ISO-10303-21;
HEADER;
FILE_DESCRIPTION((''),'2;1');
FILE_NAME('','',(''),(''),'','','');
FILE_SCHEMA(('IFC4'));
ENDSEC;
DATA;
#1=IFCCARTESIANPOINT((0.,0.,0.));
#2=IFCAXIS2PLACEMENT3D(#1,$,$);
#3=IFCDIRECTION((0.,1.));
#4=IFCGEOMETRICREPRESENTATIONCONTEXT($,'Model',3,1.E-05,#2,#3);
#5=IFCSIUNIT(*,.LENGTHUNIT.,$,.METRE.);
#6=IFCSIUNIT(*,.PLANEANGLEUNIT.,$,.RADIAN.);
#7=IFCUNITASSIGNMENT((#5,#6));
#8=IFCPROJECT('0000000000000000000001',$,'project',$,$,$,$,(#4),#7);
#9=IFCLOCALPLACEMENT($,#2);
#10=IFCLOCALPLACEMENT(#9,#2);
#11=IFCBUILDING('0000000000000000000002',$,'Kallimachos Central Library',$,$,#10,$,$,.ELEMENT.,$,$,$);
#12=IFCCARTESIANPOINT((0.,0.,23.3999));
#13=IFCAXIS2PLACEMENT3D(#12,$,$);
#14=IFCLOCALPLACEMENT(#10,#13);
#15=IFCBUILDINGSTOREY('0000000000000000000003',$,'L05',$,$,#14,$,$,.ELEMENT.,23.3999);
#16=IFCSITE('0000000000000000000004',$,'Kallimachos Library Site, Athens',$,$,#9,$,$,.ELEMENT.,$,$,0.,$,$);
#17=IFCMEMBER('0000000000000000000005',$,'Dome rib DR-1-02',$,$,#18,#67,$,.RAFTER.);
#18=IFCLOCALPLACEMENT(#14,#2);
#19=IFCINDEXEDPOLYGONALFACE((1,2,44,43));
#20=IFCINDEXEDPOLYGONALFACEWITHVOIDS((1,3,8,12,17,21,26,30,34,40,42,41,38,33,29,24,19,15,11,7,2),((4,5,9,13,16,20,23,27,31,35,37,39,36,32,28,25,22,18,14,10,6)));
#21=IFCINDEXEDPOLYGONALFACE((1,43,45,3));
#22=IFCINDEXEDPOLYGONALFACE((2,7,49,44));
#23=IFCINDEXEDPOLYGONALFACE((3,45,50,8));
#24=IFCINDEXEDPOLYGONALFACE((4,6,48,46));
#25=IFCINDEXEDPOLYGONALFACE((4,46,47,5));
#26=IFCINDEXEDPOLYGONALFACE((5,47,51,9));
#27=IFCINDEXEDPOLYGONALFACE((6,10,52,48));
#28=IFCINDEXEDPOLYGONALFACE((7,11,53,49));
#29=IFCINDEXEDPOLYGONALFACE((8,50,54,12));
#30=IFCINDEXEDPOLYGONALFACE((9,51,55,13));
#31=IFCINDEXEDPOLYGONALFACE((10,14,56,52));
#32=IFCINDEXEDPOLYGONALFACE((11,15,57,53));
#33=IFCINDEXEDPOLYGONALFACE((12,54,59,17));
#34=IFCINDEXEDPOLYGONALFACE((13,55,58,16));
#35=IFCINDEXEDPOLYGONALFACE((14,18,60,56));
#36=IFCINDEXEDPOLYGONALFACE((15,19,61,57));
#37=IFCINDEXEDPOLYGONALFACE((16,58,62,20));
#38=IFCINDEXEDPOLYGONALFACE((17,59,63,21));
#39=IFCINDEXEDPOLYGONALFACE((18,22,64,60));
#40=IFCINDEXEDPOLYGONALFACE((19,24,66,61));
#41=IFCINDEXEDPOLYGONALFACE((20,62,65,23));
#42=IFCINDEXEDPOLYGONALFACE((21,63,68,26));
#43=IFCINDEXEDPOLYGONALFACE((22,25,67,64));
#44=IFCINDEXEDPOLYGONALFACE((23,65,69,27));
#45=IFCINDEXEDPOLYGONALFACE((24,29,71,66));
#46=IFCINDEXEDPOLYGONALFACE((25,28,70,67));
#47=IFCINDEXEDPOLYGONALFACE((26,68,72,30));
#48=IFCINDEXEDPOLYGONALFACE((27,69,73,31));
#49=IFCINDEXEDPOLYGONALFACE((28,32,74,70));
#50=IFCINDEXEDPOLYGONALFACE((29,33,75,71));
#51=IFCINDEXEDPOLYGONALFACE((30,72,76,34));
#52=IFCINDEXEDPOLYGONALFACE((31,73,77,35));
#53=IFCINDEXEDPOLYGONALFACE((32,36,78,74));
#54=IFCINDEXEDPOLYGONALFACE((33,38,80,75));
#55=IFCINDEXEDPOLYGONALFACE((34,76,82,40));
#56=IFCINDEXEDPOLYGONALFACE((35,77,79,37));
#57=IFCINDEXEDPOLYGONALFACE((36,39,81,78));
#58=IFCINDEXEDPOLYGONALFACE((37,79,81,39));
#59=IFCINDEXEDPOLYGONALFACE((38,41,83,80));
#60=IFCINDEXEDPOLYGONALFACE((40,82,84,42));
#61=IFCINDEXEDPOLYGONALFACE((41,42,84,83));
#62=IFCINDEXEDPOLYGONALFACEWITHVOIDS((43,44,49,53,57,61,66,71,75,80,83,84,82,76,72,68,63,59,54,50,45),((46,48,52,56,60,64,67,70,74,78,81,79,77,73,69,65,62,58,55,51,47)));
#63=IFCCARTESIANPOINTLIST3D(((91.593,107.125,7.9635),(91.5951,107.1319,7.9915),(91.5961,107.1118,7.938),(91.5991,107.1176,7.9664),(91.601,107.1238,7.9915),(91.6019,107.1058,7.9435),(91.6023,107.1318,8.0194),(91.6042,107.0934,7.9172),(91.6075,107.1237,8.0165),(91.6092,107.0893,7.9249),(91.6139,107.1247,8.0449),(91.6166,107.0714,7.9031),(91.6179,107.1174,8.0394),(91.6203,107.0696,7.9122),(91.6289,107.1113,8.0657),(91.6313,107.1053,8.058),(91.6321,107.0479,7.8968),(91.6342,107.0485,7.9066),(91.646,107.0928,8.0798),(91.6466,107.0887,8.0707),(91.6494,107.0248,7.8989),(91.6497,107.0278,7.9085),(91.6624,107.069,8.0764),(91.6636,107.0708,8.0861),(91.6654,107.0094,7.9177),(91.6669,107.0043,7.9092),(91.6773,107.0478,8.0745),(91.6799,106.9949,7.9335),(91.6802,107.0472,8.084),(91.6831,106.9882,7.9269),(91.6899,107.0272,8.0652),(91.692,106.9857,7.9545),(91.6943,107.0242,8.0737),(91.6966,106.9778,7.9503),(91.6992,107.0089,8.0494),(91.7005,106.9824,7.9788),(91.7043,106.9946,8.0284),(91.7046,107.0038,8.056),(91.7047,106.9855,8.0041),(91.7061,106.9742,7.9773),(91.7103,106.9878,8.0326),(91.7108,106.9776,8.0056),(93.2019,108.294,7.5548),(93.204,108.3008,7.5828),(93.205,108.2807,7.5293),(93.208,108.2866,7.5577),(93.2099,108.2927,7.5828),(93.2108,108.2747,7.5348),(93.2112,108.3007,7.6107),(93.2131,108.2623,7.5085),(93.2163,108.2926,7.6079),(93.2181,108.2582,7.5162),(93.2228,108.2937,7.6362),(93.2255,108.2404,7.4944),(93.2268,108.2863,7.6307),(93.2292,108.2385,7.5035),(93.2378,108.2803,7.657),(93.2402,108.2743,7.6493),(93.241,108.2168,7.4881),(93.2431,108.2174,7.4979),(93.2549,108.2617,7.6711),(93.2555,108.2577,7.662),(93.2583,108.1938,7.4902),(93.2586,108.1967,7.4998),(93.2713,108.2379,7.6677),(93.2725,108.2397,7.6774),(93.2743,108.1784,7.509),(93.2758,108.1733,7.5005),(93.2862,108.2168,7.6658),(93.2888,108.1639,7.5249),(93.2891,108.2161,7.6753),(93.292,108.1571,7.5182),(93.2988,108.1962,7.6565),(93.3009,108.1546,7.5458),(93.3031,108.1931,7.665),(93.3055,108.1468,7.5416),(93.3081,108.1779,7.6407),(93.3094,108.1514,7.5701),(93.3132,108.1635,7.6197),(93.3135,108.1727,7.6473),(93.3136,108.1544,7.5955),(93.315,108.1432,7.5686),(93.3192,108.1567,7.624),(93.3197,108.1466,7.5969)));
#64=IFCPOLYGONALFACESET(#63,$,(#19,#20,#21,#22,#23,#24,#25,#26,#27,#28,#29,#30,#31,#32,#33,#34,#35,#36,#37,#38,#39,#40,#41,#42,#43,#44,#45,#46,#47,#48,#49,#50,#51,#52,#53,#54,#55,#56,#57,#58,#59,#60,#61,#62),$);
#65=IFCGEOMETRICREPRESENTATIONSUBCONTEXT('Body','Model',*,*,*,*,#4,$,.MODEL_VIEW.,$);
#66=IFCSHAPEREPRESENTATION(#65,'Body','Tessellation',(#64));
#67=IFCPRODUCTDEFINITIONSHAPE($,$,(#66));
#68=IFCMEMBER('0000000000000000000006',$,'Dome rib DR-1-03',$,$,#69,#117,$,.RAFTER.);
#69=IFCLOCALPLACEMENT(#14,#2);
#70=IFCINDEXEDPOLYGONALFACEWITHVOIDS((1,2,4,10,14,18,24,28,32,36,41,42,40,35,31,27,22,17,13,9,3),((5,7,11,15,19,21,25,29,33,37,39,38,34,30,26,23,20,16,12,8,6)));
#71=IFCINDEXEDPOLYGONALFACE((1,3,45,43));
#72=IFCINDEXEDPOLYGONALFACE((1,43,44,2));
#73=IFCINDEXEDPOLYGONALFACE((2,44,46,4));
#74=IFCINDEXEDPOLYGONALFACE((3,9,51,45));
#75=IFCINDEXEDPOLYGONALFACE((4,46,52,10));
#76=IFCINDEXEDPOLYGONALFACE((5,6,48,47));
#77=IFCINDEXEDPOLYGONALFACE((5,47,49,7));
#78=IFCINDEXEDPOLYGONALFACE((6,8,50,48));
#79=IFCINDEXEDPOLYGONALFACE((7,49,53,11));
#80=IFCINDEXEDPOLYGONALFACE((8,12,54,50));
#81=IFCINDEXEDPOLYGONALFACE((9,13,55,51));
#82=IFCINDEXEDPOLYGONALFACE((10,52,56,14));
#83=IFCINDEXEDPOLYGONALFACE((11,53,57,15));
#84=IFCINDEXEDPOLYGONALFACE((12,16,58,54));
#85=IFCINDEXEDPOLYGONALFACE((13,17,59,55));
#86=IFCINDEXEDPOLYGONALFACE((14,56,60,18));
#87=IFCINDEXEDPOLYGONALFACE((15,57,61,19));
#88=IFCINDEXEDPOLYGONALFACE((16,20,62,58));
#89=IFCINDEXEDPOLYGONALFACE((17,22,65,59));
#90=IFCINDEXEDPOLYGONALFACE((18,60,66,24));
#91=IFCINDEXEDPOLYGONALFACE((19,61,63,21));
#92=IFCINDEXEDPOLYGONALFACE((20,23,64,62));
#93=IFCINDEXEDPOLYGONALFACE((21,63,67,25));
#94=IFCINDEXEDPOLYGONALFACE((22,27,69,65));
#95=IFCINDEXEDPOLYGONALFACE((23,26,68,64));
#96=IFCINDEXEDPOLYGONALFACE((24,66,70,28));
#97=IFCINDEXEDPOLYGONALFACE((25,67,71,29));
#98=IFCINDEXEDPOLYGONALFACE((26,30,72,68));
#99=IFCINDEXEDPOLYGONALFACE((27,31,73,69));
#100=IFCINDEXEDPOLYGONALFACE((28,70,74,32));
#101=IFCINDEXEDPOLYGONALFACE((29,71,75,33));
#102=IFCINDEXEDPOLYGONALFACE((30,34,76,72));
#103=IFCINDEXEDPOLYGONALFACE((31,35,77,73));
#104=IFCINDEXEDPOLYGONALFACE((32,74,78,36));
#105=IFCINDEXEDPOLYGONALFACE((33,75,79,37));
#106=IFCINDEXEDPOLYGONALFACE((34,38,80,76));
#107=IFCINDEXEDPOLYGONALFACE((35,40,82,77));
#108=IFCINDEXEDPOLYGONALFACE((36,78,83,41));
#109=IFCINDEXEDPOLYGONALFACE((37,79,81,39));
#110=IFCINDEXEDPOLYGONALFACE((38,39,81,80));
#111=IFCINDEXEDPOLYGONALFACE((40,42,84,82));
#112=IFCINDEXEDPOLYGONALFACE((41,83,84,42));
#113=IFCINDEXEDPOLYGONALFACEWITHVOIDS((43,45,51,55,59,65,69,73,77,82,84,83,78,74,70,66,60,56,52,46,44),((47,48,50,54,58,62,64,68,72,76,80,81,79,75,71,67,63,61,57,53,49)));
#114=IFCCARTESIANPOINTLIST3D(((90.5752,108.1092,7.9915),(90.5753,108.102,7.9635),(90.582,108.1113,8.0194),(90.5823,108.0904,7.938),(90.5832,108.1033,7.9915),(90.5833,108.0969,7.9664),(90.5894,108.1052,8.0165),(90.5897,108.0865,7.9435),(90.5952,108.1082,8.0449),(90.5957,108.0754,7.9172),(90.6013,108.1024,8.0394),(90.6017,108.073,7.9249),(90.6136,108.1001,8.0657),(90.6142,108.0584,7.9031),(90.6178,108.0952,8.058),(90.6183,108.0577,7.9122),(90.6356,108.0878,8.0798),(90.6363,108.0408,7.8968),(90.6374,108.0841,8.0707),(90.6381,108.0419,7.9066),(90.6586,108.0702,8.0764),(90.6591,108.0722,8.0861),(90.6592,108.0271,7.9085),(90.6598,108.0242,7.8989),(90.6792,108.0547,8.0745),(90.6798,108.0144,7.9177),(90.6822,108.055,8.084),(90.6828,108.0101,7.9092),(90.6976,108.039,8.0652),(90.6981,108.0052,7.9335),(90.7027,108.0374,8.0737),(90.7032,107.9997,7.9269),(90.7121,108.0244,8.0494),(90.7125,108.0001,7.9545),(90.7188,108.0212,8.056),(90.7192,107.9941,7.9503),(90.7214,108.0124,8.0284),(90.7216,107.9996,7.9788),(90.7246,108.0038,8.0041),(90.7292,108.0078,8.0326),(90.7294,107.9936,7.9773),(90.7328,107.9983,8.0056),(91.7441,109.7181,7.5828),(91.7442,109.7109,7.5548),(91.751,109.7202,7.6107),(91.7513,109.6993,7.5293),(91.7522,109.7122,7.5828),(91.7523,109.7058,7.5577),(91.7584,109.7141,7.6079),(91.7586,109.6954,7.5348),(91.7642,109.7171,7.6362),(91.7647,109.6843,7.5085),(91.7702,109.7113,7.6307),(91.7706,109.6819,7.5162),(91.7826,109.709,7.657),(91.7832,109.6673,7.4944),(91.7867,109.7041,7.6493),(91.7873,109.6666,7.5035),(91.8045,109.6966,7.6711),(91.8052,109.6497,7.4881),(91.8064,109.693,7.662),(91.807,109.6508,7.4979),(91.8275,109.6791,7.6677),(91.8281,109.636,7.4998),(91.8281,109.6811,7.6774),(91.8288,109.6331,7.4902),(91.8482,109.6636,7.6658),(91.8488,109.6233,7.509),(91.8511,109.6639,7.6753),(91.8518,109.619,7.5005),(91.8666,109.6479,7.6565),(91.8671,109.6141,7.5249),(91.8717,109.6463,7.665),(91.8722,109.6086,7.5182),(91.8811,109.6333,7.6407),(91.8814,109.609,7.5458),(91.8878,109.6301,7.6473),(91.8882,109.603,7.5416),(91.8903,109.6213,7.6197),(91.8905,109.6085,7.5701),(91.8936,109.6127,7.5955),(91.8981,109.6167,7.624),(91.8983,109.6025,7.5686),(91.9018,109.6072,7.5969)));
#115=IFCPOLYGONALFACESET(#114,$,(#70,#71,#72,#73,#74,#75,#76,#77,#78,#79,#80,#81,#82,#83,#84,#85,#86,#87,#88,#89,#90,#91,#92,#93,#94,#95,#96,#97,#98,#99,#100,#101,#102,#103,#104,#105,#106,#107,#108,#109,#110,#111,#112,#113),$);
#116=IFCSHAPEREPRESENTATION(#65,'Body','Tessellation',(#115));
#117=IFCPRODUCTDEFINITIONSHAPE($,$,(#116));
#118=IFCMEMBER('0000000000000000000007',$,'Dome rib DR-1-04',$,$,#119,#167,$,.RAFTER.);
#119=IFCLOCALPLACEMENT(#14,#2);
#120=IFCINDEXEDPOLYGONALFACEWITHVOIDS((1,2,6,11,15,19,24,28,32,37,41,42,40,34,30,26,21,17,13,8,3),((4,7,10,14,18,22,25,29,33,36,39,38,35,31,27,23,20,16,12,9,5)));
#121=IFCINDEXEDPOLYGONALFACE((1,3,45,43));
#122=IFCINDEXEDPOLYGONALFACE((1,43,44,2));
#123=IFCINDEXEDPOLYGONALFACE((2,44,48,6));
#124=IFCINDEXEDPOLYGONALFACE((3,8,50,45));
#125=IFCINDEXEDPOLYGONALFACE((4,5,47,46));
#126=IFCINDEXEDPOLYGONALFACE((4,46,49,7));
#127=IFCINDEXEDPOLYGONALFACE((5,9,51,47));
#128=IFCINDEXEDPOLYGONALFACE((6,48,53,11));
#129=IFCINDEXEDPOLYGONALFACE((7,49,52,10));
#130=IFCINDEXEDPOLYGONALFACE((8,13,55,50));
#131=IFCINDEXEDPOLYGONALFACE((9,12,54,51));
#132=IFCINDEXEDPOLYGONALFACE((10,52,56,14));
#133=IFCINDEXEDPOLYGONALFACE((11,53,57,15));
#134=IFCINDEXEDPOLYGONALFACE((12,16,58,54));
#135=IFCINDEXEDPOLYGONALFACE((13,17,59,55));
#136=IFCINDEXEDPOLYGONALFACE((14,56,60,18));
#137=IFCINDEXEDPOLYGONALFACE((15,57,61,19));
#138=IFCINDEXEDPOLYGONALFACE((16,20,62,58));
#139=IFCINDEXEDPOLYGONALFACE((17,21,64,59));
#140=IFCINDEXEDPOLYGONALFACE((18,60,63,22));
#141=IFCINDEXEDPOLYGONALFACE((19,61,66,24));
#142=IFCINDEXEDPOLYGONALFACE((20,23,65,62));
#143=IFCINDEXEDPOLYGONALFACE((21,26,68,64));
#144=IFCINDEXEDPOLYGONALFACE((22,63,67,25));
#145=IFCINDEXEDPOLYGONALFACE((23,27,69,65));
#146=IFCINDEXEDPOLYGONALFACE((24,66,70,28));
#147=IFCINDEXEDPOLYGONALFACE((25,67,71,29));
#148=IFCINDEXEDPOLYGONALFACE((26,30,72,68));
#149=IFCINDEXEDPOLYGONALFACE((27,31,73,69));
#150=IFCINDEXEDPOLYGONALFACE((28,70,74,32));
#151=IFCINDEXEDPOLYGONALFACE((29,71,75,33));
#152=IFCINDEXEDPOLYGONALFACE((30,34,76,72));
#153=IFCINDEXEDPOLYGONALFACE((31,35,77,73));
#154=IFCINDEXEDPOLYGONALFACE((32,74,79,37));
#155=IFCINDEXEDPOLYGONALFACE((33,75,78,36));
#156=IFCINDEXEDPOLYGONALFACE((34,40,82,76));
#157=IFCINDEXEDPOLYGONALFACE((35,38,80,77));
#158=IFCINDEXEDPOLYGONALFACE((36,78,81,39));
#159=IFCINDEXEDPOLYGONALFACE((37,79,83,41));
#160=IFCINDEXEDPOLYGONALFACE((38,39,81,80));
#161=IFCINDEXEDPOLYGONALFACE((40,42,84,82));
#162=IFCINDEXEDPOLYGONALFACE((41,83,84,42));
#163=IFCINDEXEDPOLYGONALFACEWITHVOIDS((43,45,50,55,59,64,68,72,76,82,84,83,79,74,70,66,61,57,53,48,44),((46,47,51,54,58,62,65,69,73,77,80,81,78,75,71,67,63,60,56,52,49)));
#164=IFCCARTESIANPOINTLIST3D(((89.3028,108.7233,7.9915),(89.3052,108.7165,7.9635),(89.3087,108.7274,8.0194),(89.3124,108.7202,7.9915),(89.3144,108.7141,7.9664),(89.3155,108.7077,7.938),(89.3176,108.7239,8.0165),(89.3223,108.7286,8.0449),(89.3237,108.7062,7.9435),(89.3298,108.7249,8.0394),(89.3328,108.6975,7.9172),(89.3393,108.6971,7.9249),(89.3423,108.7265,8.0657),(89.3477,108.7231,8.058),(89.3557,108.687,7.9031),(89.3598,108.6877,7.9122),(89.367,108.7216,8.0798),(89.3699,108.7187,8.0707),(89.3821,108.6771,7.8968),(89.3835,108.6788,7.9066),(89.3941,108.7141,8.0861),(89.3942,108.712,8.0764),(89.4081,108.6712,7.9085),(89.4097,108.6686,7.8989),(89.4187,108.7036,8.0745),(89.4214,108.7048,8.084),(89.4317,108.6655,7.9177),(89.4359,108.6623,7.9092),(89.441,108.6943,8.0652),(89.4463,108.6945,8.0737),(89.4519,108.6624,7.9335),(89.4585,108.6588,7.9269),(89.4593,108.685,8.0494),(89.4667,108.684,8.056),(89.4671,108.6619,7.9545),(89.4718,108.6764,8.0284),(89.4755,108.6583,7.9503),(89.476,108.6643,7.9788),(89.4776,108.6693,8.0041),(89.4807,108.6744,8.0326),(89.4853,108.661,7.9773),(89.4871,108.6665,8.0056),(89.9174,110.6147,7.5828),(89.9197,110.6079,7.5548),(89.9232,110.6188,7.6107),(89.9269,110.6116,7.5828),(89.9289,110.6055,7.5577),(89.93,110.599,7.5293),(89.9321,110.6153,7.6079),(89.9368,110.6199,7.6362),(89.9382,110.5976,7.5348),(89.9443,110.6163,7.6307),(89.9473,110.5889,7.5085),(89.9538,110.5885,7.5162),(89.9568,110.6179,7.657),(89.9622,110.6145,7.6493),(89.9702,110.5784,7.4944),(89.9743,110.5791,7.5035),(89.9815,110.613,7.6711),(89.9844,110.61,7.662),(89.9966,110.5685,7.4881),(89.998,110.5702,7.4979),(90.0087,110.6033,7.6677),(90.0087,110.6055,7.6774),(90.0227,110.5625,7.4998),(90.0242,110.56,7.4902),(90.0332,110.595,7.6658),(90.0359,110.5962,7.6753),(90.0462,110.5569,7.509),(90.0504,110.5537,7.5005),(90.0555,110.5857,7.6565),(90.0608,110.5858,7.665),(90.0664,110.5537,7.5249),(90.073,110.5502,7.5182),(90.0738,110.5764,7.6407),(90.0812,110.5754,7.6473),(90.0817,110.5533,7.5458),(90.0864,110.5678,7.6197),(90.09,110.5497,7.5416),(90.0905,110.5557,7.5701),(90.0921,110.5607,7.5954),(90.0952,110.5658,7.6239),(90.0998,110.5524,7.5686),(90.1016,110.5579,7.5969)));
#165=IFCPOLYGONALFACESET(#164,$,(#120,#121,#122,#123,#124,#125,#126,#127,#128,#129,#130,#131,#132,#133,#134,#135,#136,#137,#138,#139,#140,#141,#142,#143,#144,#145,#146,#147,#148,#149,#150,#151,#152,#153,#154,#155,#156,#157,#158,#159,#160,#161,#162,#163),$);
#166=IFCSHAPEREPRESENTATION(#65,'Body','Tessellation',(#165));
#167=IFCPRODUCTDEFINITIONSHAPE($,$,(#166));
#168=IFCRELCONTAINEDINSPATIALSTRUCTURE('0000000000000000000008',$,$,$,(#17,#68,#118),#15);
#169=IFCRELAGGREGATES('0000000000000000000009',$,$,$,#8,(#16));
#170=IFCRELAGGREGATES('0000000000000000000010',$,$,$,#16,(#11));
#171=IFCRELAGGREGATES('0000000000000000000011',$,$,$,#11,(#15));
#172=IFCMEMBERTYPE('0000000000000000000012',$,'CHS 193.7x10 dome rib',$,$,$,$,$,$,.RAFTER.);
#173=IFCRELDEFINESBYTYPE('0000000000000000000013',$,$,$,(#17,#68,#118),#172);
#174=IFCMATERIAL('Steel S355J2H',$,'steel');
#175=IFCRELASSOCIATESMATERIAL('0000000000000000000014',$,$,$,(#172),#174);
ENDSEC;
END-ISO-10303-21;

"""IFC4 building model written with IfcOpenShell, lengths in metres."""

from ifc_helpers import new_model, si_unit, direction, frame, origin, origin_2d, place, context, subcontext, project, spatial, hollow_circle, extrude, material, material_profile, profile_set, type_object, element, save


model = new_model("IFC4")

# Units and contexts
model_context = context("Model", 3, precision=1e-05, world=origin(), true_north=direction((0.0, 1.0)))
body_context = subcontext(model_context, "Body", "Model", "MODEL_VIEW")
ifc_project = project(units=[si_unit("LENGTHUNIT", "METRE"), si_unit("PLANEANGLEUNIT", "RADIAN")], contexts=[model_context])

# Site, building, storey
site_placement = place(None, origin())
site = spatial("IfcSite", under=ifc_project, at=site_placement, Name="Kallimachos Library Site, Athens", CompositionType="ELEMENT", RefElevation=0.0)
building_placement = place(site_placement, origin())
building = spatial("IfcBuilding", under=site, at=building_placement, Name="Kallimachos Central Library", CompositionType="ELEMENT")
storey_placement = place(building_placement, frame((0.0, 0.0, 23.3999)))
storey = spatial("IfcBuildingStorey", under=building, at=storey_placement, Name="L05", CompositionType="ELEMENT", Elevation=23.3999)

# Members
ifc_material_1 = material(Name="Steel S355J2H", Category="steel")
ifc_material_profile_1 = material_profile(ifc_material_1, hollow_circle(Radius=0.0969, WallThickness=0.01, at=origin_2d()), Name="CHS 193.7x10")
ifc_profile_set_1 = profile_set([ifc_material_profile_1], Name="Steel S355J2H")
member_type_1 = type_object("IfcMemberType", Name="CHS 193.7x10 dome rib", PredefinedType="RAFTER", material=ifc_profile_set_1)
for number, where, z_axis, x_axis, name in (
    (1, (91.6521, 107.0535, 7.9915), (0.792451, 0.57576, -0.201299), (-0.587792, 0.809012, 0.0), "Dome rib DR-1-02"),
    (2, (90.6536, 108.0522, 7.9915), (0.57576, 0.792451, -0.201299), (-0.809012, 0.587792, 0.0), "Dome rib DR-1-03"),
    (3, (89.395, 108.6934, 7.9915), (0.302675, 0.931593, -0.201302), (-0.951062, 0.309, 0.0), "Dome rib DR-1-04"),
):
    element("IfcMember", number, at=place(storey_placement, frame(where, z_axis=z_axis, x_axis=x_axis)), inside=storey, type_object=member_type_1, Name=name, PredefinedType="RAFTER", context=body_context, shape_type="SweptSolid", body=[
        extrude(hollow_circle(Radius=0.0969, WallThickness=0.01, at=origin_2d()), origin(), (0.0, 0.0, 1.0), 2.0303),
    ])

save(model, "model.ifc")
